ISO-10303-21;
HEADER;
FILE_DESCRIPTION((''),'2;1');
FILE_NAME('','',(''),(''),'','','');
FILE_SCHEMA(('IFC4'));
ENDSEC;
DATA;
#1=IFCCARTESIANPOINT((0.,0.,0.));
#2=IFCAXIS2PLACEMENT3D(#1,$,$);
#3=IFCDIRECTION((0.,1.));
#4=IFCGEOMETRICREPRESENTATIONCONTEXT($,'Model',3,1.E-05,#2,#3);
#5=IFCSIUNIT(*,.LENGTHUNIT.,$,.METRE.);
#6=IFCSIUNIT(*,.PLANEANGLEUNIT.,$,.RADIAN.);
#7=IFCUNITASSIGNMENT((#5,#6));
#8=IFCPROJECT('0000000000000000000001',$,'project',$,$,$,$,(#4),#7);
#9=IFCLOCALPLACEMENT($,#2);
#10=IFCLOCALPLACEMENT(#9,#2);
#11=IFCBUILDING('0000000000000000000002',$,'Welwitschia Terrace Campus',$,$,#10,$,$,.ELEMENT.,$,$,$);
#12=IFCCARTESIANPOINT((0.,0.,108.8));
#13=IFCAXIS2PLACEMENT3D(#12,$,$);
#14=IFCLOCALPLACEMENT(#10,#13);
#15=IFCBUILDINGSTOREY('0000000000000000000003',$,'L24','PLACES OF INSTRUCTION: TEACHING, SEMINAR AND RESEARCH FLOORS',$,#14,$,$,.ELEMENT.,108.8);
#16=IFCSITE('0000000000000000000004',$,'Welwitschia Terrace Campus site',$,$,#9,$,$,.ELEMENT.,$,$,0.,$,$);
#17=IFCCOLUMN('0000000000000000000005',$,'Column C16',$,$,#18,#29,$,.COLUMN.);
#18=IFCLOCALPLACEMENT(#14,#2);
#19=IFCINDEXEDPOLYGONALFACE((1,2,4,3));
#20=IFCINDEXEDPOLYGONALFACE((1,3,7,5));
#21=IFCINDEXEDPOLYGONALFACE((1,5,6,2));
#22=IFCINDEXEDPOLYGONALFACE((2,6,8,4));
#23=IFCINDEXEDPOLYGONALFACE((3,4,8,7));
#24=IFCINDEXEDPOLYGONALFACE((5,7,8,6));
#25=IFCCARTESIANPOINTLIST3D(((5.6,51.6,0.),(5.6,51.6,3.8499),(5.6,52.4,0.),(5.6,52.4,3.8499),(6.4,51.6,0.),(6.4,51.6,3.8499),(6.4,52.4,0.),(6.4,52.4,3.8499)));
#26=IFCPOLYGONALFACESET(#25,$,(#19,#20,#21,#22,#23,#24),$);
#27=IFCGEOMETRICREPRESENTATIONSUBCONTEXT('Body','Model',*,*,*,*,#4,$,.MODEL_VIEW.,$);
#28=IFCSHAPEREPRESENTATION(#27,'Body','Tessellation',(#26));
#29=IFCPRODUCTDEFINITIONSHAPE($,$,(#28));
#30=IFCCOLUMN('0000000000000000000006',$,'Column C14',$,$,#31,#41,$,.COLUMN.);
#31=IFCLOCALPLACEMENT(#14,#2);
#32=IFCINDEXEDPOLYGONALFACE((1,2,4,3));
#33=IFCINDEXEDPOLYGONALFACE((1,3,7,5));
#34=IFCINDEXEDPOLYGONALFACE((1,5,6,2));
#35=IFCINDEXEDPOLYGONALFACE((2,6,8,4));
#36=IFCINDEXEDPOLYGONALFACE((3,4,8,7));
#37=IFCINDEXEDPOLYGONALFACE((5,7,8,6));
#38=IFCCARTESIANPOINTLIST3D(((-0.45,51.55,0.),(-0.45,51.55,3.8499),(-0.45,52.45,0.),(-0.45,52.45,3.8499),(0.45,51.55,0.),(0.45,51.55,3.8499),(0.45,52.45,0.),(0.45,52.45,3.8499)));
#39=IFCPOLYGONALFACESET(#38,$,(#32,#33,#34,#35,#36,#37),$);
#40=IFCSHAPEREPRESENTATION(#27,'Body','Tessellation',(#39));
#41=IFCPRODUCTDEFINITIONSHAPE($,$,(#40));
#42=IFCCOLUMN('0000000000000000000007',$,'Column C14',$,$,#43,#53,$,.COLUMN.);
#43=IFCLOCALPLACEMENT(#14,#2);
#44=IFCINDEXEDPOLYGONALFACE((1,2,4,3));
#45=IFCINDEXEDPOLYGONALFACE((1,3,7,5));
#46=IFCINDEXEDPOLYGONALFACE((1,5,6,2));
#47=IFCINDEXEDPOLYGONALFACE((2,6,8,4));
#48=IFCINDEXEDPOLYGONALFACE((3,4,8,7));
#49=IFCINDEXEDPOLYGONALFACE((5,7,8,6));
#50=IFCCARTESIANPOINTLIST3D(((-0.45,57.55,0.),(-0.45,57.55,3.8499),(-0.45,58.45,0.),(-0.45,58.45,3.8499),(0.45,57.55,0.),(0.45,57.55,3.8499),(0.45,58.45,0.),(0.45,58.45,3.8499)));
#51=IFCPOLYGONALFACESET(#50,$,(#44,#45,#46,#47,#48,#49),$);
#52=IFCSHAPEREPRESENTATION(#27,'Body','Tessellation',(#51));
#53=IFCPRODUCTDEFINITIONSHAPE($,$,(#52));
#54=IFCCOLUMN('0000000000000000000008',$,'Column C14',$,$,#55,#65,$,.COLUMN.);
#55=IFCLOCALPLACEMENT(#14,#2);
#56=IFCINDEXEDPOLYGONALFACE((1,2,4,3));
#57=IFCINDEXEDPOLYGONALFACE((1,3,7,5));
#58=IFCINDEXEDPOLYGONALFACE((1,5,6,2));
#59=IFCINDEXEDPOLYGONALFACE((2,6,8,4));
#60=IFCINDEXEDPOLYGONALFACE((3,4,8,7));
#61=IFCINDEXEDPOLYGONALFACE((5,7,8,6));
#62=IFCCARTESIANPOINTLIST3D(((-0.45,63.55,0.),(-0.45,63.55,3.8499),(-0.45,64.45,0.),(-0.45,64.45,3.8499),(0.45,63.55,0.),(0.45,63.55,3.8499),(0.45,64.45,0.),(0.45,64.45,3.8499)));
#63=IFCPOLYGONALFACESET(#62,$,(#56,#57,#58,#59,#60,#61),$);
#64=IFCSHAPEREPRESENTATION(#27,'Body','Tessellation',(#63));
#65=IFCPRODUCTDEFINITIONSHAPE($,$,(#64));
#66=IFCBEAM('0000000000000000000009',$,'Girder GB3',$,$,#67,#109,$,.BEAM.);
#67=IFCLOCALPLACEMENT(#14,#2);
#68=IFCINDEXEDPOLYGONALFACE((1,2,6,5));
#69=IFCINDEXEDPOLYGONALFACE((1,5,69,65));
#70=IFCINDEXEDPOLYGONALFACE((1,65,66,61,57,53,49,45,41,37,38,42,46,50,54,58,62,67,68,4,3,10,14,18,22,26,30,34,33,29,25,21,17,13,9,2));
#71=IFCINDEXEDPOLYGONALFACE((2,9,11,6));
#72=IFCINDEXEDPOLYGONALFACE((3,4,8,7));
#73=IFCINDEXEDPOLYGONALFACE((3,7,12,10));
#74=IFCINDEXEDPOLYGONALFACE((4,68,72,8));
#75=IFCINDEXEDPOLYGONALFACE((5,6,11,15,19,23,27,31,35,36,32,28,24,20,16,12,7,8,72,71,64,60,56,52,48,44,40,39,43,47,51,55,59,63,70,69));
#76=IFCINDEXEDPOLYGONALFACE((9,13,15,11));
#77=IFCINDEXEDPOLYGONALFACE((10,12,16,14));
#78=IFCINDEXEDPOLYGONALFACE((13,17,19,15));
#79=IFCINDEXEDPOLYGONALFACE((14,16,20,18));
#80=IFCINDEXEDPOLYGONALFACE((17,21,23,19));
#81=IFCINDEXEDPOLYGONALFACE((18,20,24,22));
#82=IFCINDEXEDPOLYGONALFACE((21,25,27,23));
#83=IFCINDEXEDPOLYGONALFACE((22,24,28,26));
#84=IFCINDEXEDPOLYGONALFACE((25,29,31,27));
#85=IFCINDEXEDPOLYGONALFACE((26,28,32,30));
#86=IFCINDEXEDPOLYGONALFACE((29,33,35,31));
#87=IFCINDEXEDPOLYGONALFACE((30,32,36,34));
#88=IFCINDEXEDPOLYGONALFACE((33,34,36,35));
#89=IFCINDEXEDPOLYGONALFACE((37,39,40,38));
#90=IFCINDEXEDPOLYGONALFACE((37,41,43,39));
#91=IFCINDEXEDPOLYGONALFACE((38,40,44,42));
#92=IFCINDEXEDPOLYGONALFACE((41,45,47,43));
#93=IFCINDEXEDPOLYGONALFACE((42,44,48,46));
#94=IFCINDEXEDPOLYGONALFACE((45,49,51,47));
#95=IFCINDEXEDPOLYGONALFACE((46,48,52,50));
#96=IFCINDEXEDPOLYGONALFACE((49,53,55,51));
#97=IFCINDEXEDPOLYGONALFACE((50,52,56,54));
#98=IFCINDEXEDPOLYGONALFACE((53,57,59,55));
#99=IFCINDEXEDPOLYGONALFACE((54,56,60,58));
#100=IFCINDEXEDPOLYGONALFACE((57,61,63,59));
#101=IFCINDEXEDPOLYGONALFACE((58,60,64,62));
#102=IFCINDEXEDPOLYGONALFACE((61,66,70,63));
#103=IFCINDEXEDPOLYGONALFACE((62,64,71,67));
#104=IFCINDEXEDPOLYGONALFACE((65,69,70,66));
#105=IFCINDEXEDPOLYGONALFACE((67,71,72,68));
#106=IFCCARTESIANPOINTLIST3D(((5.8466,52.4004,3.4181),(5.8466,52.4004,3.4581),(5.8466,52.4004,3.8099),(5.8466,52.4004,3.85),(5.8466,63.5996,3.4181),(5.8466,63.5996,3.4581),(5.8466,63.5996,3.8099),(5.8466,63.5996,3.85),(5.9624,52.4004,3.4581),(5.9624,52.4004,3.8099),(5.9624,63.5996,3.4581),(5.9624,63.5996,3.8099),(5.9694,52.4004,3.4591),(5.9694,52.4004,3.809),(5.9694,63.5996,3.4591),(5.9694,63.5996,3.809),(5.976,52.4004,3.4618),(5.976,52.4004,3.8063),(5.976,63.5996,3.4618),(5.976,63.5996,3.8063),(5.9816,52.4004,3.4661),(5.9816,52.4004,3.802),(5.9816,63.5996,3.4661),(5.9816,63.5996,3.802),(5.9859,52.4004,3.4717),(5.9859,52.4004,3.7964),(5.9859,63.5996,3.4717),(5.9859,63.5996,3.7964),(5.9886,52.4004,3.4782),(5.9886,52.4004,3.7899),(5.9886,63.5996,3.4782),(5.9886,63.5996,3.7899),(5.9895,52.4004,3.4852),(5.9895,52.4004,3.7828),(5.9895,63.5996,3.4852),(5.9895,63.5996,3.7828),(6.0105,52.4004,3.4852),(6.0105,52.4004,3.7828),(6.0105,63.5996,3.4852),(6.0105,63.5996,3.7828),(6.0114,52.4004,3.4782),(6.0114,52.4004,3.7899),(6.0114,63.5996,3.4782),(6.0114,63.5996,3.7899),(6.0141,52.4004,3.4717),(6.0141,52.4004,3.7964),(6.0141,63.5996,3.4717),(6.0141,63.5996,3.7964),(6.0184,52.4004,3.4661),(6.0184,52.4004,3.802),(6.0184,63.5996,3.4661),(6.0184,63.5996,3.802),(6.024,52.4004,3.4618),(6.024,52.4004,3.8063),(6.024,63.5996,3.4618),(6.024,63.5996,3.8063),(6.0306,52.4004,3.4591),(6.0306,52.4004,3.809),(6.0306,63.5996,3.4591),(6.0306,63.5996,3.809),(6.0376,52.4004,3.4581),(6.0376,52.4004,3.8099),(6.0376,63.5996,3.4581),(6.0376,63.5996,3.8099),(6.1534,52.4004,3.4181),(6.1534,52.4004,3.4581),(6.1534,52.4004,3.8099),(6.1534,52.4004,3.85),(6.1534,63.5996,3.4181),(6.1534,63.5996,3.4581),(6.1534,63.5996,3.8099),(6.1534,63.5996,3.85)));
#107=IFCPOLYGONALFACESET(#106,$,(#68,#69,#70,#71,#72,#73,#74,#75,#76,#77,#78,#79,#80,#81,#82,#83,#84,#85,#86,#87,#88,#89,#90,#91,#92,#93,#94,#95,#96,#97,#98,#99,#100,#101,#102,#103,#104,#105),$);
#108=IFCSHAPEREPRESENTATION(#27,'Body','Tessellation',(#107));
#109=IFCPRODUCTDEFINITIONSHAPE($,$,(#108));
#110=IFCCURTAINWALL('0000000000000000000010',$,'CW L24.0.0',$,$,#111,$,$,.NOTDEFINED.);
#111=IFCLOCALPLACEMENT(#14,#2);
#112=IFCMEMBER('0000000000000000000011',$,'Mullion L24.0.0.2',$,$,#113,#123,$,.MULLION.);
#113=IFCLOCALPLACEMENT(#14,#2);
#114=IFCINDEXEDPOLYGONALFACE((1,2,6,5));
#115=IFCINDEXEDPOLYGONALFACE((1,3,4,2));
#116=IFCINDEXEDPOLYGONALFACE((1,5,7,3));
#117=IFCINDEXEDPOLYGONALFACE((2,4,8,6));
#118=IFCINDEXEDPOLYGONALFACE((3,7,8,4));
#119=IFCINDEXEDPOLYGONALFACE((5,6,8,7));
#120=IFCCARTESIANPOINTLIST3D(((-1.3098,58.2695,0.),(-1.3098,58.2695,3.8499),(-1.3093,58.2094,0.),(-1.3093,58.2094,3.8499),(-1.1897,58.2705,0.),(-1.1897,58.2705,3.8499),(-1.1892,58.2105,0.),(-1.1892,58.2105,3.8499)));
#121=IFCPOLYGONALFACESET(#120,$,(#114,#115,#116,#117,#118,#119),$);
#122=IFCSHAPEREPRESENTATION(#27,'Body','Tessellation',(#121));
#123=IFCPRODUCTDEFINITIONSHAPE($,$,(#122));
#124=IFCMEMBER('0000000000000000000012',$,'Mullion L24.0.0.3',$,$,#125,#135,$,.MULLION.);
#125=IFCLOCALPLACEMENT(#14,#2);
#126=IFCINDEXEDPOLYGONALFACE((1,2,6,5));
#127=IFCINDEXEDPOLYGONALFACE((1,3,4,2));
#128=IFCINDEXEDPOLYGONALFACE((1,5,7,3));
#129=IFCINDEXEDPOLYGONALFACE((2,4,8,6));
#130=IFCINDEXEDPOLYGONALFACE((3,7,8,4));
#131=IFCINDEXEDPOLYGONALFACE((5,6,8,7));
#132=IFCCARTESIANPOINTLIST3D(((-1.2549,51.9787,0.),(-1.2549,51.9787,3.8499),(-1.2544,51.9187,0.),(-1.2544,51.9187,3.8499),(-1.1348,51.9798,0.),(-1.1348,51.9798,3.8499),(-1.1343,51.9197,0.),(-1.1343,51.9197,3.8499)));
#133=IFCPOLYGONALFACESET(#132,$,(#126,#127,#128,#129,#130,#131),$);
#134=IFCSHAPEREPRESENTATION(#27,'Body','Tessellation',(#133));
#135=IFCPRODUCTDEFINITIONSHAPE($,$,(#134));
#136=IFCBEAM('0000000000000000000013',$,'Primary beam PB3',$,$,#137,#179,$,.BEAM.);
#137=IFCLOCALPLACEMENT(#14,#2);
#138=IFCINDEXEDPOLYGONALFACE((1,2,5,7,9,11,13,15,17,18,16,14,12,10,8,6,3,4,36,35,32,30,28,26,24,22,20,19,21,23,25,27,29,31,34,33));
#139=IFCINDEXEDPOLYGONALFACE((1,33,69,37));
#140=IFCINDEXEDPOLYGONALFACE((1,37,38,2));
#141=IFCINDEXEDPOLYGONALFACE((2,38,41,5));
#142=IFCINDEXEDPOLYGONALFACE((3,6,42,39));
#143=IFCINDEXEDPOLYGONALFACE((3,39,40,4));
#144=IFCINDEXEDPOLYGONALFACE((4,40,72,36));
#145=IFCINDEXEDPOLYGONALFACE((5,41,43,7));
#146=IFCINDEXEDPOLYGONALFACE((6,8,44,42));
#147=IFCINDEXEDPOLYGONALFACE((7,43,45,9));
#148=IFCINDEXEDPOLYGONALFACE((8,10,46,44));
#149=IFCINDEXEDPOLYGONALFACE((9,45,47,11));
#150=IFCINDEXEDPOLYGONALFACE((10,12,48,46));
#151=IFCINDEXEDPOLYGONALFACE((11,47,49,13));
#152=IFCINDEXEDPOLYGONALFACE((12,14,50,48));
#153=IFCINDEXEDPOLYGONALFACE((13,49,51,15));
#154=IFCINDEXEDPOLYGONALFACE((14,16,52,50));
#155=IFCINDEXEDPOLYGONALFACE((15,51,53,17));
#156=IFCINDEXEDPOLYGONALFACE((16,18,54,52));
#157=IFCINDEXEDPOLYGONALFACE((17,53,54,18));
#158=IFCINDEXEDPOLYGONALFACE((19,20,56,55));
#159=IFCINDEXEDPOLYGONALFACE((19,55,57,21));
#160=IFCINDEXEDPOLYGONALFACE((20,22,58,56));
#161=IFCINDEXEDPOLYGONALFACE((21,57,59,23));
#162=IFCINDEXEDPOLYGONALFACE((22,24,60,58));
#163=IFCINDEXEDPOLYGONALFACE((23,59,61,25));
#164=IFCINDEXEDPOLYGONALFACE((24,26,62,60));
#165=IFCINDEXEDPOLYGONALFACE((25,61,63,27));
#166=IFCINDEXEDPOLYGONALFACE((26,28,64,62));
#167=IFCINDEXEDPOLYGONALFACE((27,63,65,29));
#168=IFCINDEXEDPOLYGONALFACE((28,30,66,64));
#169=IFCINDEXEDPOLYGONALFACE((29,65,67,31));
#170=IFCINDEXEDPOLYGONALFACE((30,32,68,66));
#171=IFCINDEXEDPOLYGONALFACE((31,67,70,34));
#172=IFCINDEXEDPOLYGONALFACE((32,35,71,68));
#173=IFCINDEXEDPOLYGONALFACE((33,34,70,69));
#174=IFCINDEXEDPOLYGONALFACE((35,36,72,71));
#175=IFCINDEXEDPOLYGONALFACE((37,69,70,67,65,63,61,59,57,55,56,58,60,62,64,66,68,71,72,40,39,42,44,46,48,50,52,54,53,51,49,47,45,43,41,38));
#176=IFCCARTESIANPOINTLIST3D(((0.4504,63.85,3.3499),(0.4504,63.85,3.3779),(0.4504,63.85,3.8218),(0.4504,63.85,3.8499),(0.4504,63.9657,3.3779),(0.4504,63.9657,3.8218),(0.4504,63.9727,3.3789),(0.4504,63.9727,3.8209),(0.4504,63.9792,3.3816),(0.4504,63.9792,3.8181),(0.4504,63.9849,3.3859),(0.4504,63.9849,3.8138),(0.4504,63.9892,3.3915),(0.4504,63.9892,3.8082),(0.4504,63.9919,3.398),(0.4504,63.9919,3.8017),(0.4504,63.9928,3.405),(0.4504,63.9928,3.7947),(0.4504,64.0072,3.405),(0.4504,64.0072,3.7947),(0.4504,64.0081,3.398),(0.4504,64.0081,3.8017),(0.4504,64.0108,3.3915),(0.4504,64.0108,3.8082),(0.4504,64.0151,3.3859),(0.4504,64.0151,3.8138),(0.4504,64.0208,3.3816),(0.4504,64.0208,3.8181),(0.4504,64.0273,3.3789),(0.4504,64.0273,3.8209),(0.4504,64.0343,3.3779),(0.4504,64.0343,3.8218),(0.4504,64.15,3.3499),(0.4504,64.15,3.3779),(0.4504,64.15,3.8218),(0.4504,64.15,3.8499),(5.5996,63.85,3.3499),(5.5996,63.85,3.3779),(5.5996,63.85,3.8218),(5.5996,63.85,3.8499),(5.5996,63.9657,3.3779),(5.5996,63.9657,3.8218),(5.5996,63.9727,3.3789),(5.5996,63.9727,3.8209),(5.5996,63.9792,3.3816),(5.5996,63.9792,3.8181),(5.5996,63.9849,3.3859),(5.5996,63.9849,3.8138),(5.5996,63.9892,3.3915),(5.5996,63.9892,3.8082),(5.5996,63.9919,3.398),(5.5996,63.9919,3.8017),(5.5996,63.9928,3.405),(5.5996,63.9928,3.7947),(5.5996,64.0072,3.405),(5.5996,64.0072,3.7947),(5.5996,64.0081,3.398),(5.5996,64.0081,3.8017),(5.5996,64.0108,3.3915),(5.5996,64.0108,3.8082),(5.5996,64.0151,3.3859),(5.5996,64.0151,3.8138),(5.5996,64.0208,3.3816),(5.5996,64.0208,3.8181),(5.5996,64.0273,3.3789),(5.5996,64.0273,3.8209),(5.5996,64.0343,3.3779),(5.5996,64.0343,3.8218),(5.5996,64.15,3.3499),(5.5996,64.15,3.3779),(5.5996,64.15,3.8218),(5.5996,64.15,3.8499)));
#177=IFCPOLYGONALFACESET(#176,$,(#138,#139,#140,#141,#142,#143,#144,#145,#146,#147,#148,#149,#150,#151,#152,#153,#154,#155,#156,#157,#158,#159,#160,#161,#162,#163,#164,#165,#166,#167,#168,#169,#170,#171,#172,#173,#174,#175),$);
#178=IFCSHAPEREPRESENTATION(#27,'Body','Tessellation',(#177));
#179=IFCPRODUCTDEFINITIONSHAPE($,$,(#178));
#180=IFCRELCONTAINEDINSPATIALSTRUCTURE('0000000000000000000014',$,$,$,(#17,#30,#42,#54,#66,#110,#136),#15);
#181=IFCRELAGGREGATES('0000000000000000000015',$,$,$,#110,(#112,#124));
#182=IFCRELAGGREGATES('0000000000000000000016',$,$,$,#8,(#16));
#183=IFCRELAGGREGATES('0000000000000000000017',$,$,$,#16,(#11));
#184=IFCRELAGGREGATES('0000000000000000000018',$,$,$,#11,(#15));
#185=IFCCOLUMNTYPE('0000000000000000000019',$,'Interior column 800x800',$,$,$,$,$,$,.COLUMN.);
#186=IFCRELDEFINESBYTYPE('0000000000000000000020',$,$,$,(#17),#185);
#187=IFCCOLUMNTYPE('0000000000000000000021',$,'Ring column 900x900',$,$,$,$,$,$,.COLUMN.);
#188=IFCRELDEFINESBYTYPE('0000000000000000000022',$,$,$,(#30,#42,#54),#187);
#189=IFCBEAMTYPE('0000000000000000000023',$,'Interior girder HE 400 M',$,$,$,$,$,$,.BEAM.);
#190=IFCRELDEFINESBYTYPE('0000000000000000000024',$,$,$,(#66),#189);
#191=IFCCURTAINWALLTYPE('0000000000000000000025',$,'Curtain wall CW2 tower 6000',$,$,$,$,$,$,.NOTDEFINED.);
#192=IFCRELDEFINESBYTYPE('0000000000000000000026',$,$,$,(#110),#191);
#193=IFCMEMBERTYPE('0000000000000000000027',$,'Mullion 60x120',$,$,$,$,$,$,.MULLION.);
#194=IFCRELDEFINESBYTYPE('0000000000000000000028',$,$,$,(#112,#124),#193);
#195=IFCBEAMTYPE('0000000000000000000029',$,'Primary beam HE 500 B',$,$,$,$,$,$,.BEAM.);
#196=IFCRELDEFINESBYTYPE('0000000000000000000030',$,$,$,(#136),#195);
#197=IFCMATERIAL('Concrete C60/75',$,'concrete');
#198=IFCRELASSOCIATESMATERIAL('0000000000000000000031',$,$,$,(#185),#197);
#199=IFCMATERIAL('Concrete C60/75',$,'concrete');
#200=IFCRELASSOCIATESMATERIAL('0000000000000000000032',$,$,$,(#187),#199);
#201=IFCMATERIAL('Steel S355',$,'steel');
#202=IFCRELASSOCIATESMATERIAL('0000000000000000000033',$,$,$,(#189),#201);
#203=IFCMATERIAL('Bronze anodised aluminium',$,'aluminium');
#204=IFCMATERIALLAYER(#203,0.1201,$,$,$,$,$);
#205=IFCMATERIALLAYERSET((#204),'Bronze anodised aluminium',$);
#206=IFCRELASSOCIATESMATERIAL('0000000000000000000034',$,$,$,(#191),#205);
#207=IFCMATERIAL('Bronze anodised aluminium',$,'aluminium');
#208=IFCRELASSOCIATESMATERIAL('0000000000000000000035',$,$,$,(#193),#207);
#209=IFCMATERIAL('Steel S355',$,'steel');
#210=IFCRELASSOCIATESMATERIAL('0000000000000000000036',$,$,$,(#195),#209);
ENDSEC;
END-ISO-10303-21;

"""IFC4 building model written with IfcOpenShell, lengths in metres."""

from ifc_helpers import new_model, si_unit, direction, frame, origin, origin_2d, place, context, subcontext, project, spatial, rectangle, i_section, extrude, material, layer, layer_set, material_profile, profile_set, type_object, element, aggregate, save


model = new_model("IFC4")

# Units and contexts
model_context = context("Model", 3, precision=1e-05, world=origin(), true_north=direction((0.0, 1.0)))
body_context = subcontext(model_context, "Body", "Model", "MODEL_VIEW")
ifc_project = project(units=[si_unit("LENGTHUNIT", "METRE"), si_unit("PLANEANGLEUNIT", "RADIAN")], contexts=[model_context])

# Site, building, storey
site_placement = place(None, origin())
site = spatial("IfcSite", under=ifc_project, at=site_placement, Name="Welwitschia Terrace Campus site", CompositionType="ELEMENT", RefElevation=0.0)
building_placement = place(site_placement, origin())
building = spatial("IfcBuilding", under=site, at=building_placement, Name="Welwitschia Terrace Campus", CompositionType="ELEMENT")
storey_placement = place(building_placement, frame((0.0, 0.0, 108.8)))
storey = spatial("IfcBuildingStorey", under=building, at=storey_placement, Name="L24", Description="PLACES OF INSTRUCTION: TEACHING, SEMINAR AND RESEARCH FLOORS", CompositionType="ELEMENT", Elevation=108.8)

# Columns
ifc_material_1 = material(Name="Concrete C60/75", Category="concrete")
ifc_material_profile_1 = material_profile(ifc_material_1, rectangle(XDim=0.8, YDim=0.8, at=origin_2d()))
ifc_profile_set_1 = profile_set([ifc_material_profile_1], Name="Concrete C60/75")
column_type_1 = type_object("IfcColumnType", Name="Interior column 800x800", PredefinedType="COLUMN", material=ifc_profile_set_1)
column_placement = place(storey_placement, frame((6.0, 52.0, 0.0), z_axis=(0.0, 0.0, 1.0), x_axis=(1.0, 0.0, 0.0)))
element("IfcColumn", 1, at=column_placement, inside=storey, type_object=column_type_1, Name="Column C16", PredefinedType="COLUMN", context=body_context, shape_type="SweptSolid", body=[
    extrude(rectangle(XDim=0.8, YDim=0.8, at=origin_2d()), origin(), (0.0, 0.0, 1.0), 3.8499),
])
ifc_material_2 = material(Name="Concrete C60/75", Category="concrete")
ifc_material_profile_2 = material_profile(ifc_material_2, rectangle(XDim=0.8999, YDim=0.8999, at=origin_2d()))
ifc_profile_set_2 = profile_set([ifc_material_profile_2], Name="Concrete C60/75")
column_type_2 = type_object("IfcColumnType", Name="Ring column 900x900", PredefinedType="COLUMN", material=ifc_profile_set_2)
for number, where, z_axis, x_axis, name in (
    (2, (0.0, 52.0, 0.0), (0.0, 0.0, 1.0), (1.0, 0.0, 0.0), "Column C14"),
    (3, (0.0, 58.0, 0.0), (0.0, 0.0, 1.0), (1.0, 0.0, 0.0), "Column C14"),
    (4, (0.0, 64.0, 0.0), (0.0, 0.0, 1.0), (1.0, 0.0, 0.0), "Column C14"),
):
    element("IfcColumn", number, at=place(storey_placement, frame(where, z_axis=z_axis, x_axis=x_axis)), inside=storey, type_object=column_type_2, Name=name, PredefinedType="COLUMN", context=body_context, shape_type="SweptSolid", body=[
        extrude(rectangle(XDim=0.8999, YDim=0.8999, at=origin_2d()), origin(), (0.0, 0.0, 1.0), 3.8499),
    ])

# Beam
ifc_material_3 = material(Name="Steel S355", Category="steel")
ifc_material_profile_3 = material_profile(ifc_material_3, i_section(OverallWidth=0.3069, OverallDepth=0.4319, WebThickness=0.021, FlangeThickness=0.04, FilletRadius=0.0271, at=origin_2d()))
ifc_profile_set_3 = profile_set([ifc_material_profile_3], Name="Steel S355")
beam_type_1 = type_object("IfcBeamType", Name="Interior girder HE 400 M", PredefinedType="BEAM", material=ifc_profile_set_3)
beam_placement = place(storey_placement, frame((6.0, 52.4004, 3.634), z_axis=(0.0, 1.0, 0.0), x_axis=(-1.0, 0.0, 0.0)))
element("IfcBeam", 5, at=beam_placement, inside=storey, type_object=beam_type_1, Name="Girder GB3", PredefinedType="BEAM", context=body_context, shape_type="SweptSolid", body=[
    extrude(i_section(OverallWidth=0.3069, OverallDepth=0.4319, WebThickness=0.021, FlangeThickness=0.04, FilletRadius=0.0271, at=origin_2d()), origin(), (0.0, 0.0, 1.0), 11.1992),
])

# Curtain wall, members
ifc_material_4 = material(Name="Bronze anodised aluminium", Category="aluminium")
ifc_layer_1 = layer(ifc_material_4, 0.1201)
ifc_layer_set_1 = layer_set([ifc_layer_1], Name="Bronze anodised aluminium")
curtain_wall_type = type_object("IfcCurtainWallType", Name="Curtain wall CW2 tower 6000", PredefinedType="NOTDEFINED", material=ifc_layer_set_1)
curtain_wall_placement = place(storey_placement, origin())
curtain_wall = element("IfcCurtainWall", 6, at=curtain_wall_placement, inside=storey, type_object=curtain_wall_type, Name="CW L24.0.0", PredefinedType="NOTDEFINED")
ifc_material_5 = material(Name="Bronze anodised aluminium", Category="aluminium")
ifc_material_profile_4 = material_profile(ifc_material_5, rectangle(XDim=0.1201, YDim=0.0601, at=origin_2d()))
ifc_profile_set_4 = profile_set([ifc_material_profile_4], Name="Bronze anodised aluminium")
member_type = type_object("IfcMemberType", Name="Mullion 60x120", PredefinedType="MULLION", material=ifc_profile_set_4)
member_1_placement = place(storey_placement, frame((-1.2495, 58.24, 0.0), z_axis=(0.0, 0.0, 1.0), x_axis=(0.999962, 0.008727, 0.0)))
member_1 = element("IfcMember", 7, at=member_1_placement, type_object=member_type, Name="Mullion L24.0.0.2", PredefinedType="MULLION", context=body_context, shape_type="SweptSolid", body=[
    extrude(rectangle(XDim=0.1201, YDim=0.0601, at=origin_2d()), origin(), (0.0, 0.0, 1.0), 3.8499),
])
member_2_placement = place(storey_placement, frame((-1.1946, 51.9492, 0.0), z_axis=(0.0, 0.0, 1.0), x_axis=(0.999962, 0.008727, 0.0)))
member_2 = element("IfcMember", 8, at=member_2_placement, type_object=member_type, Name="Mullion L24.0.0.3", PredefinedType="MULLION", context=body_context, shape_type="SweptSolid", body=[
    extrude(rectangle(XDim=0.1201, YDim=0.0601, at=origin_2d()), origin(), (0.0, 0.0, 1.0), 3.8499),
])

# Beam
ifc_material_6 = material(Name="Steel S355", Category="steel")
ifc_material_profile_5 = material_profile(ifc_material_6, i_section(OverallWidth=0.3, OverallDepth=0.5, WebThickness=0.0144, FlangeThickness=0.0281, FilletRadius=0.0271, at=origin_2d()))
ifc_profile_set_5 = profile_set([ifc_material_profile_5], Name="Steel S355")
beam_type_2 = type_object("IfcBeamType", Name="Primary beam HE 500 B", PredefinedType="BEAM", material=ifc_profile_set_5)
for number, where, z_axis, x_axis, name in (
    (9, (0.4504, 64.0, 3.5999), (1.0, 0.0, 0.0), (0.0, 1.0, 0.0), "Primary beam PB3"),
):
    element("IfcBeam", number, at=place(storey_placement, frame(where, z_axis=z_axis, x_axis=x_axis)), inside=storey, type_object=beam_type_2, Name=name, PredefinedType="BEAM", context=body_context, shape_type="SweptSolid", body=[
        extrude(i_section(OverallWidth=0.3, OverallDepth=0.5, WebThickness=0.0144, FlangeThickness=0.0281, FilletRadius=0.0271, at=origin_2d()), origin(), (0.0, 0.0, 1.0), 5.1492),
    ])

aggregate(curtain_wall, [member_1, member_2])

save(model, "model.ifc")
